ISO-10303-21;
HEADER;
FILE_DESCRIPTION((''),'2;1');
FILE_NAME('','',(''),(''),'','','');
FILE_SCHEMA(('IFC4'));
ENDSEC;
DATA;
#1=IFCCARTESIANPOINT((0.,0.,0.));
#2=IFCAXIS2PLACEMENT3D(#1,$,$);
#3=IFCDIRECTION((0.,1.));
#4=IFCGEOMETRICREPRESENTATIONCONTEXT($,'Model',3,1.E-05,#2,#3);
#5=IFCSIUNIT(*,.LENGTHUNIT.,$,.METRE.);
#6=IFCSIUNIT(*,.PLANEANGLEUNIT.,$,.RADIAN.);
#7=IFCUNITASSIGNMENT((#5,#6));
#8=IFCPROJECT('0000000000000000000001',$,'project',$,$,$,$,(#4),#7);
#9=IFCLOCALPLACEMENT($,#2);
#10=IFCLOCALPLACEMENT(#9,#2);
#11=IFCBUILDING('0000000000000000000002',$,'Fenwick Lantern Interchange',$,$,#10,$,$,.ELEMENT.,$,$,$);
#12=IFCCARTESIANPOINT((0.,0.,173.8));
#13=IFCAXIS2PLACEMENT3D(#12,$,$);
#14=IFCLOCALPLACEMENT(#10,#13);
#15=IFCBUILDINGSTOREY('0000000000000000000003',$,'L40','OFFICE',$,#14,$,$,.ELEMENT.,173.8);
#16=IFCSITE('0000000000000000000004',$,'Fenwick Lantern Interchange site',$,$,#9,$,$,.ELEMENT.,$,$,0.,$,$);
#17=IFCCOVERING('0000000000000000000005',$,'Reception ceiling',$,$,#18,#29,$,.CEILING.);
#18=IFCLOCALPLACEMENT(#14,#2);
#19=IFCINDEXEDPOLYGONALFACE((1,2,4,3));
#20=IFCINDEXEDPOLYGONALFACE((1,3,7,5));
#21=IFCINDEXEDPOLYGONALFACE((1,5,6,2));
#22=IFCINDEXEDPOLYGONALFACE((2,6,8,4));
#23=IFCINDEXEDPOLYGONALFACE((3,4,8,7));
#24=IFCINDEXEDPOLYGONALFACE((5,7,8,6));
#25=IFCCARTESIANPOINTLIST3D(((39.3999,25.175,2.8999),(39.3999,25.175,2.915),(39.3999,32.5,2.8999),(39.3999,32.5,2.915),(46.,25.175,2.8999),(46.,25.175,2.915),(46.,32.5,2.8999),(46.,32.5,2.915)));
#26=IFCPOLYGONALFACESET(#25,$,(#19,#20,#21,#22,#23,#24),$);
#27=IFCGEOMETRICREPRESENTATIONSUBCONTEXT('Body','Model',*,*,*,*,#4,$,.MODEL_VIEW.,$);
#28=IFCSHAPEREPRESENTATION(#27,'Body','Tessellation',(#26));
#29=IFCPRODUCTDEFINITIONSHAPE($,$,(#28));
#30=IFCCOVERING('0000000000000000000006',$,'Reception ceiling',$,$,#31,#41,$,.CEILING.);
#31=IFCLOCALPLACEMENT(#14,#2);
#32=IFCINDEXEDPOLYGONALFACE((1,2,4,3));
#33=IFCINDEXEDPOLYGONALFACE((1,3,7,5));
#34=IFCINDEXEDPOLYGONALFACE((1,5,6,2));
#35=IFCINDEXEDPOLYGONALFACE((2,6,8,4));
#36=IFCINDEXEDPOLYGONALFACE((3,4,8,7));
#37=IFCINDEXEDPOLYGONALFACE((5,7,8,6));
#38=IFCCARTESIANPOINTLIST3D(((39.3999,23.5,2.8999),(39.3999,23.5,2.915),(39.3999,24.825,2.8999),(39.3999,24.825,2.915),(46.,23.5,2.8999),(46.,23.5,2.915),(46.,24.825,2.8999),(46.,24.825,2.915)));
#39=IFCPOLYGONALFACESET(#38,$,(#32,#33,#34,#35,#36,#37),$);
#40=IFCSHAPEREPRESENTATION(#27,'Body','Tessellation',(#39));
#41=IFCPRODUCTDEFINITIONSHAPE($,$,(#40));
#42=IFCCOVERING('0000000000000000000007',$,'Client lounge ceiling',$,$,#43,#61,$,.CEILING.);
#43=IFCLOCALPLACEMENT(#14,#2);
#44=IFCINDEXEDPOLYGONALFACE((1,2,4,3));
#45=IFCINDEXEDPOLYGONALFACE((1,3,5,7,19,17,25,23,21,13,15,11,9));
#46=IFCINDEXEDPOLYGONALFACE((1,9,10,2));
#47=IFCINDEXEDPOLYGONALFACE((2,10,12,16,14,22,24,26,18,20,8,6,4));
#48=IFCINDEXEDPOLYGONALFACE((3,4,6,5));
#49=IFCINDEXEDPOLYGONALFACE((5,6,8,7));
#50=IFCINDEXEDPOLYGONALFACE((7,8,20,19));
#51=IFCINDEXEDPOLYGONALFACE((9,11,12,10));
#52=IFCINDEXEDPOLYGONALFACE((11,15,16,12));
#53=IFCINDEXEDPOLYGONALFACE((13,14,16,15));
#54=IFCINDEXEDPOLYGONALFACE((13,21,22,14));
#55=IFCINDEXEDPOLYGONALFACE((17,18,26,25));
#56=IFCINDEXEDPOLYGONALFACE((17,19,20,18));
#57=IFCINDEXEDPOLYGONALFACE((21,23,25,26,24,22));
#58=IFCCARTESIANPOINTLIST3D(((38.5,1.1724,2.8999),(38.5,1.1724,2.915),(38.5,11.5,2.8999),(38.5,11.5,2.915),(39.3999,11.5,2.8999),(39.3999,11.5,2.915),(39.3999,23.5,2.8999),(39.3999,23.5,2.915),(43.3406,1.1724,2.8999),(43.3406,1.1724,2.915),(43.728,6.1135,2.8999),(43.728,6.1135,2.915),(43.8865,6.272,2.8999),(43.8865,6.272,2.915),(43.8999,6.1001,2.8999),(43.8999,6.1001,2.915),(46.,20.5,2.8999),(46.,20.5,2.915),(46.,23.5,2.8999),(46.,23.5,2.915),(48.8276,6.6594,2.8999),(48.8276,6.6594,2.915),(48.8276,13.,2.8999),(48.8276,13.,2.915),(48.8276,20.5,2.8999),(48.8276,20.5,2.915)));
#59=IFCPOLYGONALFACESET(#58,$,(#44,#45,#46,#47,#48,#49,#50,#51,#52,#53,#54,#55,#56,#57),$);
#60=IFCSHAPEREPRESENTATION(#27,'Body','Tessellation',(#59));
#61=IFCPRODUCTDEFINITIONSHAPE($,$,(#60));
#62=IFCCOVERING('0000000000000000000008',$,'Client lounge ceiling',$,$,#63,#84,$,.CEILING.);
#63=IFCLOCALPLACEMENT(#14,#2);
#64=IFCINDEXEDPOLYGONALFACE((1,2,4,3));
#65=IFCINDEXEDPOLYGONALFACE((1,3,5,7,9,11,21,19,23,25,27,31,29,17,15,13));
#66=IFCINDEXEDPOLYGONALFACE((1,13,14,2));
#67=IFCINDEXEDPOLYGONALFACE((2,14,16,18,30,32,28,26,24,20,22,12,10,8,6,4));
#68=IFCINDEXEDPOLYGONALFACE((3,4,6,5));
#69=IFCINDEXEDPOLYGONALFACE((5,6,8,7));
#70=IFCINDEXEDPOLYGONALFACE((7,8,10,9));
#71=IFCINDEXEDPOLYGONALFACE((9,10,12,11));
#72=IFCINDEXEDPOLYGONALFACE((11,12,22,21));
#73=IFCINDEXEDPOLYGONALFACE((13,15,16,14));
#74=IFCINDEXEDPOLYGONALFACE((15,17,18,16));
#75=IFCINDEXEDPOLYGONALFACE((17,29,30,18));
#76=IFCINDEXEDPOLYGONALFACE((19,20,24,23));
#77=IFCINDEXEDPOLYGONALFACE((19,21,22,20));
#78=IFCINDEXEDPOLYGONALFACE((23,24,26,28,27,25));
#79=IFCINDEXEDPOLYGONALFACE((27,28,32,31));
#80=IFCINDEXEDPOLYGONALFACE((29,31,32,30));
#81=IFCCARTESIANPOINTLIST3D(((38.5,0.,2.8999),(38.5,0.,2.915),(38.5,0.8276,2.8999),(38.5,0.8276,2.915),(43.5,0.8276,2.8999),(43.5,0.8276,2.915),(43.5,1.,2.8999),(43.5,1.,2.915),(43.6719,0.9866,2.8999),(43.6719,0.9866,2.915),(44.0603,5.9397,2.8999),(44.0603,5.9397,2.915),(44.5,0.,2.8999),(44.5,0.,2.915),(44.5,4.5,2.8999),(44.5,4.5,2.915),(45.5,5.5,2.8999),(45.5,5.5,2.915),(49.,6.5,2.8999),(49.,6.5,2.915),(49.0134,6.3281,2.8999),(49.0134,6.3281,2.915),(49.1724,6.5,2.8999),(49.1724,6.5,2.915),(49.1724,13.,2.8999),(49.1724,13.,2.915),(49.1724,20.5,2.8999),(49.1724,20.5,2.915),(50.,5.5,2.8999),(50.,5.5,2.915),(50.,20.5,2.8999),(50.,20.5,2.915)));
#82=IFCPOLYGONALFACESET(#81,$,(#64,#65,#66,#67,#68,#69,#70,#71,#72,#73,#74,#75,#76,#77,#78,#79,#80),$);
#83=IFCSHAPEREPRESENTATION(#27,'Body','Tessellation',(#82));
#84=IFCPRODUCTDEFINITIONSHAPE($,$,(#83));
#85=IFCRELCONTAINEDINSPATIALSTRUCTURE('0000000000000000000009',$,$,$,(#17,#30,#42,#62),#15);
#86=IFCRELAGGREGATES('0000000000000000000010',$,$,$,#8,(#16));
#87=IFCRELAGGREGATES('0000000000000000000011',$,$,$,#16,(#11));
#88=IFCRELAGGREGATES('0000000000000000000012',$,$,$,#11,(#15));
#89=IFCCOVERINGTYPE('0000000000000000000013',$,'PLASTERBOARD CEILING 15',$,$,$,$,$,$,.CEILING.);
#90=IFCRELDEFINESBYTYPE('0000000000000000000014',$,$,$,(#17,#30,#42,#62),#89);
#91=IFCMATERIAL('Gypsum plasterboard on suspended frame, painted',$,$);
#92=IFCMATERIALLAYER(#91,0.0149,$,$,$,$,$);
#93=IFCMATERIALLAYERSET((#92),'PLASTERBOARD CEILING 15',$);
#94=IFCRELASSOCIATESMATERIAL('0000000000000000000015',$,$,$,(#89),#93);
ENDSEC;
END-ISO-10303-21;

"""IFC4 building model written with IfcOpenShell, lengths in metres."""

from ifc_helpers import new_model, si_unit, direction, frame, origin, place, context, subcontext, project, spatial, polyline, outline, extrude, material, layer, layer_set, type_object, element, save


model = new_model("IFC4")

# Units and contexts
model_context = context("Model", 3, precision=1e-05, world=origin(), true_north=direction((0.0, 1.0)))
body_context = subcontext(model_context, "Body", "Model", "MODEL_VIEW")
ifc_project = project(units=[si_unit("LENGTHUNIT", "METRE"), si_unit("PLANEANGLEUNIT", "RADIAN")], contexts=[model_context])

# Site, building, storey
site_placement = place(None, origin())
site = spatial("IfcSite", under=ifc_project, at=site_placement, Name="Fenwick Lantern Interchange site", CompositionType="ELEMENT", RefElevation=0.0)
building_placement = place(site_placement, origin())
building = spatial("IfcBuilding", under=site, at=building_placement, Name="Fenwick Lantern Interchange", CompositionType="ELEMENT")
storey_placement = place(building_placement, frame((0.0, 0.0, 173.8)))
storey = spatial("IfcBuildingStorey", under=building, at=storey_placement, Name="L40", Description="OFFICE", CompositionType="ELEMENT", Elevation=173.8)

# Coverings
ifc_material_1 = material(Name="Gypsum plasterboard on suspended frame, painted")
ifc_layer_1 = layer(ifc_material_1, 0.0149)
ifc_layer_set_1 = layer_set([ifc_layer_1], Name="PLASTERBOARD CEILING 15")
covering_type_1 = type_object("IfcCoveringType", Name="PLASTERBOARD CEILING 15", PredefinedType="CEILING", material=ifc_layer_set_1)
covering_1_placement = place(storey_placement, frame((0.0, 0.0, 2.8999)))
element("IfcCovering", 1, at=covering_1_placement, inside=storey, type_object=covering_type_1, Name="Reception ceiling", PredefinedType="CEILING", context=body_context, shape_type="SweptSolid", body=[
    extrude(outline(polyline([(39.3999, 32.5), (39.3999, 25.175), (46.0, 25.175), (46.0, 32.5), (39.3999, 32.5)])), origin(), (0.0, 0.0, 1.0), 0.0151),
])
covering_2_placement = place(storey_placement, frame((0.0, 0.0, 2.8999)))
element("IfcCovering", 2, at=covering_2_placement, inside=storey, type_object=covering_type_1, Name="Reception ceiling", PredefinedType="CEILING", context=body_context, shape_type="SweptSolid", body=[
    extrude(outline(polyline([(39.3999, 23.5), (46.0, 23.5), (46.0, 24.825), (39.3999, 24.825), (39.3999, 23.5)])), origin(), (0.0, 0.0, 1.0), 0.0151),
])
covering_3_placement = place(storey_placement, frame((0.0, 0.0, 2.8999)))
element("IfcCovering", 3, at=covering_3_placement, inside=storey, type_object=covering_type_1, Name="Client lounge ceiling", PredefinedType="CEILING", context=body_context, shape_type="SweptSolid", body=[
    extrude(outline(polyline([(38.5, 11.5), (38.5, 1.1724), (43.3406, 1.1724), (43.728, 6.1135), (43.8999, 6.1001), (43.8865, 6.272), (48.8276, 6.6594), (48.8276, 13.0), (48.8276, 20.5), (46.0, 20.5), (46.0, 23.5), (39.3999, 23.5), (39.3999, 11.5), (38.5, 11.5)])), origin(), (0.0, 0.0, 1.0), 0.0151),
])
covering_4_placement = place(storey_placement, frame((0.0, 0.0, 2.8999)))
element("IfcCovering", 4, at=covering_4_placement, inside=storey, type_object=covering_type_1, Name="Client lounge ceiling", PredefinedType="CEILING", context=body_context, shape_type="SweptSolid", body=[
    extrude(outline(polyline([(50.0, 5.5), (50.0, 20.5), (49.1724, 20.5), (49.1724, 13.0), (49.1724, 6.5), (49.0, 6.5), (49.0134, 6.3281), (44.0603, 5.9397), (43.6719, 0.9866), (43.5, 1.0), (43.5, 0.8276), (38.5, 0.8276), (38.5, 0.0), (44.5, 0.0), (44.5, 4.5), (45.5, 5.5), (50.0, 5.5)])), origin(), (0.0, 0.0, 1.0), 0.0151),
])

save(model, "model.ifc")
